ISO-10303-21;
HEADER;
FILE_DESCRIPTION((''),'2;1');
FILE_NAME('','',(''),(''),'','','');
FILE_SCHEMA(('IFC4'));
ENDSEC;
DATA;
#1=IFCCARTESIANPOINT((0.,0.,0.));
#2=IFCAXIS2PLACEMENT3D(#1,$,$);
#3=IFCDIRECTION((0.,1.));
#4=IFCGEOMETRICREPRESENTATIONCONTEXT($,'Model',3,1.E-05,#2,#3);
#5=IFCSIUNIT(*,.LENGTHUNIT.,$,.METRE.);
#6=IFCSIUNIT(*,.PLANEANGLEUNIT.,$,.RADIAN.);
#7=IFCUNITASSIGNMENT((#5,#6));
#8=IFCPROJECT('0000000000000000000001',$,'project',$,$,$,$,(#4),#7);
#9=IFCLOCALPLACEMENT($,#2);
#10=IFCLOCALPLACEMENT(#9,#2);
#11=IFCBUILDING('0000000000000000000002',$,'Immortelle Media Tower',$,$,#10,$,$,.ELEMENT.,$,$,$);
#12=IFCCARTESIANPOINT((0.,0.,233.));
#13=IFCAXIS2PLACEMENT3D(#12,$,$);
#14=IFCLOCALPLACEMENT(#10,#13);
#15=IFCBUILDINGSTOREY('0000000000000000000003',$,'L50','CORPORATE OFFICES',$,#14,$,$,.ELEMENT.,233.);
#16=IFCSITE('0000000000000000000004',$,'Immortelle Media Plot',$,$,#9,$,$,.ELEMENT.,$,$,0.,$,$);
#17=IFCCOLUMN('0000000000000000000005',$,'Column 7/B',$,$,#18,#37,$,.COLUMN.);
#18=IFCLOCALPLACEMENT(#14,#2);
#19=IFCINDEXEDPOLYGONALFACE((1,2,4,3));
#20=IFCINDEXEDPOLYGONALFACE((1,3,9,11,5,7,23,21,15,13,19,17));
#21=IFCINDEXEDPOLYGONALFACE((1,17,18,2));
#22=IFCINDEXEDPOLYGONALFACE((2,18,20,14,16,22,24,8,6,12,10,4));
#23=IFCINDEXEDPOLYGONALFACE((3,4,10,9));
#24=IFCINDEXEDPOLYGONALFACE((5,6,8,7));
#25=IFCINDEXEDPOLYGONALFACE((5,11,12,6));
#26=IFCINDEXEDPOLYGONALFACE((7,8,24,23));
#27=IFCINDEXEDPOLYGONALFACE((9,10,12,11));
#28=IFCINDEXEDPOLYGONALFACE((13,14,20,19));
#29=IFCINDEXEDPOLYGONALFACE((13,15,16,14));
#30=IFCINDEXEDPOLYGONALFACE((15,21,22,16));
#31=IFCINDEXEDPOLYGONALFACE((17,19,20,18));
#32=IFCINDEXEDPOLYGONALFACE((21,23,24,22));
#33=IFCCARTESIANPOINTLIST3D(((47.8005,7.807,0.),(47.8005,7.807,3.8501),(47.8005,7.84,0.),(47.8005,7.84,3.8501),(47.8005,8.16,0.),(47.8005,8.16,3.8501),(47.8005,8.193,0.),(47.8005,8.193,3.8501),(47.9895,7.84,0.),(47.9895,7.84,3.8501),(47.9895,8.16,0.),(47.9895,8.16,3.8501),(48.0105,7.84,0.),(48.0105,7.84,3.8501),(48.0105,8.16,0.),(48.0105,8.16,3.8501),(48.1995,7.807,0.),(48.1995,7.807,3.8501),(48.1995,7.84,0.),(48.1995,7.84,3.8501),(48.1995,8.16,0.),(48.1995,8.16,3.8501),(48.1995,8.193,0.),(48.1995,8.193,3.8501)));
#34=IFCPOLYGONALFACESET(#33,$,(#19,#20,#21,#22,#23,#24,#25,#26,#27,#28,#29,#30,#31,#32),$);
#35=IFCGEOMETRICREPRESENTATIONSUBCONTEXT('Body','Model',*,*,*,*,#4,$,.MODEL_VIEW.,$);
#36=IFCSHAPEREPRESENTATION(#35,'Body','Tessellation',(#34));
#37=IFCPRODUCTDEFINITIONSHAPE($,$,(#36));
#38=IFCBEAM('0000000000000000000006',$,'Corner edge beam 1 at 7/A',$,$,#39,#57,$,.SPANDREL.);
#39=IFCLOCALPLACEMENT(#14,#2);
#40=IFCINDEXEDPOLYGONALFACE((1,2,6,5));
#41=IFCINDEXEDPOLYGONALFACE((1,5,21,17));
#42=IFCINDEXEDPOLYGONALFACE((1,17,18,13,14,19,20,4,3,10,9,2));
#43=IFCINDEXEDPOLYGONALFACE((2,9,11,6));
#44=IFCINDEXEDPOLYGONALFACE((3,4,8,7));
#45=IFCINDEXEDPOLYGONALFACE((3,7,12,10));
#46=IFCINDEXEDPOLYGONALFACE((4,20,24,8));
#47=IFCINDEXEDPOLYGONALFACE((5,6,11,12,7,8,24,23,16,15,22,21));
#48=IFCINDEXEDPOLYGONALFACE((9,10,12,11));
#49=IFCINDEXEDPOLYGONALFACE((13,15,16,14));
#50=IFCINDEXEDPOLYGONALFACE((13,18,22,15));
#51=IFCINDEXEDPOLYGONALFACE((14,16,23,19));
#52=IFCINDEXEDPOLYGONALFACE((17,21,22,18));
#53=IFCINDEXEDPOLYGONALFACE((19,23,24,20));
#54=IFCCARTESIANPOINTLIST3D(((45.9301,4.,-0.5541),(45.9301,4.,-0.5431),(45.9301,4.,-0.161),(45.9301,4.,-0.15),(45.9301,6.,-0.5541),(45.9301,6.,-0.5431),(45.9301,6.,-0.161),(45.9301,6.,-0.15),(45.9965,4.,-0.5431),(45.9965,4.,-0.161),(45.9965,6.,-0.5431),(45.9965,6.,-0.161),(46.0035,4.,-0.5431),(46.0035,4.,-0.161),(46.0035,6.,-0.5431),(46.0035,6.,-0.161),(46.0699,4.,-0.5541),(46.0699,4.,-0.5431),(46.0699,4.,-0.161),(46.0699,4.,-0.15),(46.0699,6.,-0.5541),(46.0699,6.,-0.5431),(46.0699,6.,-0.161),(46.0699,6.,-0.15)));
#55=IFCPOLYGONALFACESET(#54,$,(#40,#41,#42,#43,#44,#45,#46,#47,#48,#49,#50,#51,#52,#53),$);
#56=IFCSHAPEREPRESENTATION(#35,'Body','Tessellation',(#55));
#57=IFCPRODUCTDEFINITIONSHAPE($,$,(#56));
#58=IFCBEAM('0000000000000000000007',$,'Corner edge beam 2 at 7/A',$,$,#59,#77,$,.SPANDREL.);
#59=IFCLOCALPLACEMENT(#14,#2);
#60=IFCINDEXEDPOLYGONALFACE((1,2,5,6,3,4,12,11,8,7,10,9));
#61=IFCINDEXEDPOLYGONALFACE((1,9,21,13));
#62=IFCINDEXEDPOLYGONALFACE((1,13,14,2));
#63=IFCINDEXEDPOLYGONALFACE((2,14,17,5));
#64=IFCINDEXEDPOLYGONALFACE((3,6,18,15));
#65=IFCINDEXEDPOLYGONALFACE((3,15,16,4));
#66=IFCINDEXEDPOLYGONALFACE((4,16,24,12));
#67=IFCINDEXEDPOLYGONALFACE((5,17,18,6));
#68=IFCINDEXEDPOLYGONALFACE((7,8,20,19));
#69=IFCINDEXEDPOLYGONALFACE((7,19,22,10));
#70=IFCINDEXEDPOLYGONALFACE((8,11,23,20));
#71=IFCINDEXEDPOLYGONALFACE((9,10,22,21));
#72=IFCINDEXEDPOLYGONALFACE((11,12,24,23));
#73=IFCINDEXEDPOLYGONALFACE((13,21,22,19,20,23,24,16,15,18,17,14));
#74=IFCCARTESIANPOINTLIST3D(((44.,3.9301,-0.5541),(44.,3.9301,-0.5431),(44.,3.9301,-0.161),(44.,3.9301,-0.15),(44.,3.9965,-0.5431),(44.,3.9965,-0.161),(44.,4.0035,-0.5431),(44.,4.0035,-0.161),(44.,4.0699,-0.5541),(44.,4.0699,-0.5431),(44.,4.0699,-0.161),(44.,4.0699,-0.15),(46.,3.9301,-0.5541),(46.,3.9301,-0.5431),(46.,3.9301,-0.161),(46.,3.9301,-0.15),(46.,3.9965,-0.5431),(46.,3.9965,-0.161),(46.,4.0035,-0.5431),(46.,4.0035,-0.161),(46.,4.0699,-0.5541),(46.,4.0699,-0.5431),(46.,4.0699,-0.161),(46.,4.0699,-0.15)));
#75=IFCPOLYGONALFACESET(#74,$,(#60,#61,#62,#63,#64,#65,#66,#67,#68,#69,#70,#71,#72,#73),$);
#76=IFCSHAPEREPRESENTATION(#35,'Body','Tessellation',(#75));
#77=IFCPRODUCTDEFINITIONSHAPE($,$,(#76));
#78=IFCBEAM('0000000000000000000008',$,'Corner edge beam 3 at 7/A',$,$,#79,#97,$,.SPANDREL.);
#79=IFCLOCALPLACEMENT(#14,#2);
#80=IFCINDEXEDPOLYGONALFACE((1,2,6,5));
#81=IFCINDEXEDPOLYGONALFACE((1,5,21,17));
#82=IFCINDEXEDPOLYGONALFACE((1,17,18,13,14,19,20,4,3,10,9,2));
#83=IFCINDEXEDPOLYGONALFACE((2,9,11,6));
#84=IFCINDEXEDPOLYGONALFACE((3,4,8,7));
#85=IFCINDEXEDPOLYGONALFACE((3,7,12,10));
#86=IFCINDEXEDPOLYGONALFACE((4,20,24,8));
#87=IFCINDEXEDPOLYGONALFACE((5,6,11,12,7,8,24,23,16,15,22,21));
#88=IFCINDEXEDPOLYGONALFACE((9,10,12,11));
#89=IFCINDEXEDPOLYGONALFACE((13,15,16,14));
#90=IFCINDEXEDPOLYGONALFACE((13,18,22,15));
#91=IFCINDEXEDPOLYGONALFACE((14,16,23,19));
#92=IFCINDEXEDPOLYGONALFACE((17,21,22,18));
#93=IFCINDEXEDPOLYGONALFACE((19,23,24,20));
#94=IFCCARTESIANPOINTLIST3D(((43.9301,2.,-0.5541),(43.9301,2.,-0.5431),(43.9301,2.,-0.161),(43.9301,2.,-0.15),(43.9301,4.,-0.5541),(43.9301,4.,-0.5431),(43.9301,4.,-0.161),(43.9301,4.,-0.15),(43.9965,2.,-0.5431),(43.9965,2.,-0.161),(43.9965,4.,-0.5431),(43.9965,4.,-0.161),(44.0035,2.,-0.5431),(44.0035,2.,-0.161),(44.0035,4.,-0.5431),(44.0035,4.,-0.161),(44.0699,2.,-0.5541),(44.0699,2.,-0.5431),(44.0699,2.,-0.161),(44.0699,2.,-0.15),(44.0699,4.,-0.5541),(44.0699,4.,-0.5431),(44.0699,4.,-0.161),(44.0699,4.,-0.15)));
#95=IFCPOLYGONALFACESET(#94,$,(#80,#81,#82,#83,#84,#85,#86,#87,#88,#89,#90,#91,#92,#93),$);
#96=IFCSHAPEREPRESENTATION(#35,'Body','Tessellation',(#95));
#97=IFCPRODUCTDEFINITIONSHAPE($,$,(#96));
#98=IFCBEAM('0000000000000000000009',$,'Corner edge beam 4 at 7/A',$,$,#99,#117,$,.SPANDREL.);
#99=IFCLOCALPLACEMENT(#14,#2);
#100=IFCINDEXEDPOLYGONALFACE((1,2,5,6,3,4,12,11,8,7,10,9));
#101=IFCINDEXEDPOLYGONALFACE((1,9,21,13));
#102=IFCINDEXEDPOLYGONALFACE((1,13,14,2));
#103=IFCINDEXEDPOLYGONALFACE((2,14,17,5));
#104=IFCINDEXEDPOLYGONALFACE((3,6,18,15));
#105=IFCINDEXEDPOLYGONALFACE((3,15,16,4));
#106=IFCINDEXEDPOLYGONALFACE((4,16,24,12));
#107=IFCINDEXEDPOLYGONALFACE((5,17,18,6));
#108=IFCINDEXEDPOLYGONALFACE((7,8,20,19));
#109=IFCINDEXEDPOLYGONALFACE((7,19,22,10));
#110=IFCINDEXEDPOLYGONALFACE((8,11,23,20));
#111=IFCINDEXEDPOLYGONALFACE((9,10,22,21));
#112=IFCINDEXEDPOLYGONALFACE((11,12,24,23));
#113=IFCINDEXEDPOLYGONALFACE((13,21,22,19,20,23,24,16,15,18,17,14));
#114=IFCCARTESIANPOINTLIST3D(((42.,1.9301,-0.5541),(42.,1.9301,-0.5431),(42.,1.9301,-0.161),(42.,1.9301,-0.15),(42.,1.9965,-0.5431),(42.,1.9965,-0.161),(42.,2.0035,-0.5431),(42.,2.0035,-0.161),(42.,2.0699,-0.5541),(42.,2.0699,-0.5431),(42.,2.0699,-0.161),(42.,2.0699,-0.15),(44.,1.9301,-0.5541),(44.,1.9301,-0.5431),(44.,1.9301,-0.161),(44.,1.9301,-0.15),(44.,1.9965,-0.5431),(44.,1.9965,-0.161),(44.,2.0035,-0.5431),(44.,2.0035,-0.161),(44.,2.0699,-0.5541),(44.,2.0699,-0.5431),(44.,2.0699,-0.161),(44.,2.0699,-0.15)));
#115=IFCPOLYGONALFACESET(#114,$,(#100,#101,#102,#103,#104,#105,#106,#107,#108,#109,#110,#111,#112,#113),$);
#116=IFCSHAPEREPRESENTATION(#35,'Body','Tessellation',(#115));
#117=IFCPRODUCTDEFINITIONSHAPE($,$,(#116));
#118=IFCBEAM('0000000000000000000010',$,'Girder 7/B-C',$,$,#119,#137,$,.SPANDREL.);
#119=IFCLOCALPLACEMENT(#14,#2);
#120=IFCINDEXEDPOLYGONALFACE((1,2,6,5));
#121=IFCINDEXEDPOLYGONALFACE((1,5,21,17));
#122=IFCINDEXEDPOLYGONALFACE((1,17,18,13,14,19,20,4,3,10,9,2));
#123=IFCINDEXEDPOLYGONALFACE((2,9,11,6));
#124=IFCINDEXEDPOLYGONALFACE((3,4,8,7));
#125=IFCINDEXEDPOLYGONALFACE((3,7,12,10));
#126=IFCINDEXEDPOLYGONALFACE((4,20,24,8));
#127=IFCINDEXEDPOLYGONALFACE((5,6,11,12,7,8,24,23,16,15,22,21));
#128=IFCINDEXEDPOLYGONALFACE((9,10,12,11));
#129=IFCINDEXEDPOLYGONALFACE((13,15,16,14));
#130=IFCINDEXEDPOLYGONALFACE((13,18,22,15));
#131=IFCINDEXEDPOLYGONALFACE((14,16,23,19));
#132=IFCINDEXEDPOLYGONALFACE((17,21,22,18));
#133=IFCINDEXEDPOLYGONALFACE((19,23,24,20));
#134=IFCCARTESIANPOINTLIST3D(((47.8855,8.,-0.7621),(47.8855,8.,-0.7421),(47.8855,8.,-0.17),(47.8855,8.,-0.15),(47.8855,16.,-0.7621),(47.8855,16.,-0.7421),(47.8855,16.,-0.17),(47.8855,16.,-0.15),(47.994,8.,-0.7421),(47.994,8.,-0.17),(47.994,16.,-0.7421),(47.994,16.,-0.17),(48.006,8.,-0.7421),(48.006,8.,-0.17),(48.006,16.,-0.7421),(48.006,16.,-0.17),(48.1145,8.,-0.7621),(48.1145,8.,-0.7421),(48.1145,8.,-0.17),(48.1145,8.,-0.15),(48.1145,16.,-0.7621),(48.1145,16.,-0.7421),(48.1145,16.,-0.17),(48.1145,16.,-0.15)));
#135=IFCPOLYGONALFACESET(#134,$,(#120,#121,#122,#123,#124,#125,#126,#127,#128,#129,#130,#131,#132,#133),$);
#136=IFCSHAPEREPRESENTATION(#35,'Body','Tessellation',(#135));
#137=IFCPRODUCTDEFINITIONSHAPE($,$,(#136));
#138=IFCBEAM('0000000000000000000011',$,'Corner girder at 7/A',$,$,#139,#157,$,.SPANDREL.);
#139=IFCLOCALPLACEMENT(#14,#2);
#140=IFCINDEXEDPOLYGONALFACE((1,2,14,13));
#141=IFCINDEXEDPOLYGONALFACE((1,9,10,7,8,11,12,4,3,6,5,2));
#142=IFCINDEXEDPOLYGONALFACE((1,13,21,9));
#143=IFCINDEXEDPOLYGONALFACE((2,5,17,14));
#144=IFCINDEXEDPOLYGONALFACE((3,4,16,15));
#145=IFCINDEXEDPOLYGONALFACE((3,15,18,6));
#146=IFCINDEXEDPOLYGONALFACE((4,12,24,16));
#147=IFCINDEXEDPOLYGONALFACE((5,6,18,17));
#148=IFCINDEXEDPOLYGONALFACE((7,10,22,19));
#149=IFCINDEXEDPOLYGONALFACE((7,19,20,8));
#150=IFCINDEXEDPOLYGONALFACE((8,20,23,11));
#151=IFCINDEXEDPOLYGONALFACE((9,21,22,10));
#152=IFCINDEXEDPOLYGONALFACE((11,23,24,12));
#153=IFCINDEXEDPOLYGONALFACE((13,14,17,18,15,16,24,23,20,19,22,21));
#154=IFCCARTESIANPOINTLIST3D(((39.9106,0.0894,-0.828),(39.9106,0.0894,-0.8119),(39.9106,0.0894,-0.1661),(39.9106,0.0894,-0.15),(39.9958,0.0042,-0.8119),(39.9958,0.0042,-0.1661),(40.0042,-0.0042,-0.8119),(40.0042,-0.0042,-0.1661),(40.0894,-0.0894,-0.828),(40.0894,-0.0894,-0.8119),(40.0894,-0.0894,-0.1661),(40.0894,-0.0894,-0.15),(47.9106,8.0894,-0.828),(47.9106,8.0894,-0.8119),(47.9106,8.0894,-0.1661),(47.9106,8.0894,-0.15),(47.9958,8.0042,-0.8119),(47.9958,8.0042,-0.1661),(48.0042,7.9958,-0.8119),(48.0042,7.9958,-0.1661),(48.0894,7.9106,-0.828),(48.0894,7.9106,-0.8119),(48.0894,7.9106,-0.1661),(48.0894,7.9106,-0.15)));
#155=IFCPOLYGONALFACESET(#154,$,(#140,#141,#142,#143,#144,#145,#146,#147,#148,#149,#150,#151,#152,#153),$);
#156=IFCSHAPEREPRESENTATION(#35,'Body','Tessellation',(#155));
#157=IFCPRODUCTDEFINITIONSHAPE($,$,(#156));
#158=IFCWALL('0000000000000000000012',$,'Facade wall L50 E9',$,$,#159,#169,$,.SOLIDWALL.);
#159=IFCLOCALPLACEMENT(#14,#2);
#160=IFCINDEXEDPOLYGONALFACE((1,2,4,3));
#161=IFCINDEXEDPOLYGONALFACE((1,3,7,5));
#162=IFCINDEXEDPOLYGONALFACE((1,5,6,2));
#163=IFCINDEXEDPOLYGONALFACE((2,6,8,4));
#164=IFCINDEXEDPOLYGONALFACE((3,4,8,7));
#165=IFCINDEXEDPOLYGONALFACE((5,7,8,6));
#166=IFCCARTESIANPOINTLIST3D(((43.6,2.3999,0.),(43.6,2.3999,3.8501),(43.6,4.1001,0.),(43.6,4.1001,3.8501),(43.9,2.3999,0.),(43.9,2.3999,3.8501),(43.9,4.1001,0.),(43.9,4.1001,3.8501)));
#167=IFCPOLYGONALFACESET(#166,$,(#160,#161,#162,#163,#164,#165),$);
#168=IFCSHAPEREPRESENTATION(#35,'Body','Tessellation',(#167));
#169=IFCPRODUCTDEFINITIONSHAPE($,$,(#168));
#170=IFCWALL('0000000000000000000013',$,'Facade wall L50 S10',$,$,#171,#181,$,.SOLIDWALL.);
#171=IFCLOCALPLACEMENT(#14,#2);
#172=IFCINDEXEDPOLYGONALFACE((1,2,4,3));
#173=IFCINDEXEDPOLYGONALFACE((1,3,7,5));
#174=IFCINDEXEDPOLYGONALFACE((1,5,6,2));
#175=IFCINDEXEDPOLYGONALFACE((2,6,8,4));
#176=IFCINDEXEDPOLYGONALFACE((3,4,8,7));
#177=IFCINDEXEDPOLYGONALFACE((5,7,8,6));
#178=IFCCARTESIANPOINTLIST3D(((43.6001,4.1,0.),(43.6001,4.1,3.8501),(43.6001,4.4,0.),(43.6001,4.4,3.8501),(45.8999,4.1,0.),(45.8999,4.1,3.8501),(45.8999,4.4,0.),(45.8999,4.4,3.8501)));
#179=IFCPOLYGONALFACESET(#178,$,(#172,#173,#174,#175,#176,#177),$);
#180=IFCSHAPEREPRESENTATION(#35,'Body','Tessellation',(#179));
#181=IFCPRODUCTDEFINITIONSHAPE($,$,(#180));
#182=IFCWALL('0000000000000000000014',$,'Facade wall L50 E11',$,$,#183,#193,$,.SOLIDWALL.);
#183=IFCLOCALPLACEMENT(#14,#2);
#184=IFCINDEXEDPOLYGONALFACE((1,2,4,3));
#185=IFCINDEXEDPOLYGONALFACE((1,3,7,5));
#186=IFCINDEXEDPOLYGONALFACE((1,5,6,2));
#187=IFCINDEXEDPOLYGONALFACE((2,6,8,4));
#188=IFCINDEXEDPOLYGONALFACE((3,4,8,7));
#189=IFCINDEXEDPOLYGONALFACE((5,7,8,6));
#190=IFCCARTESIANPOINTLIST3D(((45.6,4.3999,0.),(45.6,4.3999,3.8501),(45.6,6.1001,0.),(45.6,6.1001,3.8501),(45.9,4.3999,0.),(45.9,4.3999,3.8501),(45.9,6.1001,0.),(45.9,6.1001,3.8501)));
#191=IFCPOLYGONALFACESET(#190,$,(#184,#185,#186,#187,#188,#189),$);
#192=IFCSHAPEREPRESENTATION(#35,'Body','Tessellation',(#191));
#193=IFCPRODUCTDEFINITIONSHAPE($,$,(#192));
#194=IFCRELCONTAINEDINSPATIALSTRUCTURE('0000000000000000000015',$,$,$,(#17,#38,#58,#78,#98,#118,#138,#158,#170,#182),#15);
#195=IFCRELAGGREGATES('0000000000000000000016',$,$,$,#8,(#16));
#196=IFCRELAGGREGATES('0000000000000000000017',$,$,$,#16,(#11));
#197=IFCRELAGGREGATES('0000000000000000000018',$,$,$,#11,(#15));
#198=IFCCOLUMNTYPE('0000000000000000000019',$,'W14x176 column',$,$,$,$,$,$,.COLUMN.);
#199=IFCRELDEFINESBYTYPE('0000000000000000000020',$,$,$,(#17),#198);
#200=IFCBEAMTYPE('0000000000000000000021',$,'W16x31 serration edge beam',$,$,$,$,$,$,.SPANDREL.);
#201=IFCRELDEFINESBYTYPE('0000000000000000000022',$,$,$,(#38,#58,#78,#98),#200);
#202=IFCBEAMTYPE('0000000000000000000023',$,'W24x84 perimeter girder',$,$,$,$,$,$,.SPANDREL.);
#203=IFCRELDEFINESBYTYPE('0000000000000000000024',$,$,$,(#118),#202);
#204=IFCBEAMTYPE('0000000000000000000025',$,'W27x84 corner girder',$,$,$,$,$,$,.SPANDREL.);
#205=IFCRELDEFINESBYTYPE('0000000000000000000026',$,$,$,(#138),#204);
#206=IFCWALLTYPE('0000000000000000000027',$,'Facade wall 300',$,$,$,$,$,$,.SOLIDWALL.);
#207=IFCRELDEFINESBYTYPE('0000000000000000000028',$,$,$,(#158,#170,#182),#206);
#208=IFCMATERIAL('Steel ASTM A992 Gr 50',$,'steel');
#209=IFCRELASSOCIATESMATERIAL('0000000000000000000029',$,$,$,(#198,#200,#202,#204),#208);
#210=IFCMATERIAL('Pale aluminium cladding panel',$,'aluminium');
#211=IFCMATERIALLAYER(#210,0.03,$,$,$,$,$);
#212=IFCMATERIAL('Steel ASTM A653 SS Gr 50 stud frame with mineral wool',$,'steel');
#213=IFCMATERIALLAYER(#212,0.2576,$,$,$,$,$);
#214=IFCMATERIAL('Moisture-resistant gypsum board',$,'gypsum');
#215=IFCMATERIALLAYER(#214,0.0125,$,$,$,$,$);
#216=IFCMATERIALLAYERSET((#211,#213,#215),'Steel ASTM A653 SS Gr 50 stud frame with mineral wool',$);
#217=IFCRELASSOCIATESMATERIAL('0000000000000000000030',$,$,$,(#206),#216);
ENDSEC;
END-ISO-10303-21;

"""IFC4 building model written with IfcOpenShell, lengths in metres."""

from ifc_helpers import new_model, si_unit, direction, frame, frame_2d, origin, origin_2d, place, context, subcontext, project, spatial, rectangle, i_section, extrude, material, layer, layer_set, material_profile, profile_set, type_object, element, save


model = new_model("IFC4")

# Units and contexts
model_context = context("Model", 3, precision=1e-05, world=origin(), true_north=direction((0.0, 1.0)))
body_context = subcontext(model_context, "Body", "Model", "MODEL_VIEW")
ifc_project = project(units=[si_unit("LENGTHUNIT", "METRE"), si_unit("PLANEANGLEUNIT", "RADIAN")], contexts=[model_context])

# Site, building, storey
site_placement = place(None, origin())
site = spatial("IfcSite", under=ifc_project, at=site_placement, Name="Immortelle Media Plot", CompositionType="ELEMENT", RefElevation=0.0)
building_placement = place(site_placement, origin())
building = spatial("IfcBuilding", under=site, at=building_placement, Name="Immortelle Media Tower", CompositionType="ELEMENT")
storey_placement = place(building_placement, frame((0.0, 0.0, 233.0)))
storey = spatial("IfcBuildingStorey", under=building, at=storey_placement, Name="L50", Description="CORPORATE OFFICES", CompositionType="ELEMENT", Elevation=233.0)

# Column
ifc_material_1 = material(Name="Steel ASTM A992 Gr 50", Category="steel")
ifc_material_profile_1 = material_profile(ifc_material_1, i_section(OverallWidth=0.3989, OverallDepth=0.386, WebThickness=0.021, FlangeThickness=0.033, at=origin_2d()), Name="W14x176")
ifc_profile_set_1 = profile_set([ifc_material_profile_1], Name="Steel ASTM A992 Gr 50")
column_type = type_object("IfcColumnType", Name="W14x176 column", PredefinedType="COLUMN", material=ifc_profile_set_1)
column_placement = place(storey_placement, frame((48.0, 8.0, 0.0), z_axis=(0.0, 0.0, 1.0), x_axis=(1.0, 0.0, 0.0)))
element("IfcColumn", 1, at=column_placement, inside=storey, type_object=column_type, Name="Column 7/B", PredefinedType="COLUMN", context=body_context, shape_type="SweptSolid", body=[
    extrude(i_section(OverallWidth=0.3989, OverallDepth=0.386, WebThickness=0.021, FlangeThickness=0.033, at=origin_2d()), origin(), (0.0, 0.0, 1.0), 3.8501),
])

# Beams
ifc_material_profile_2 = material_profile(ifc_material_1, i_section(OverallWidth=0.1399, OverallDepth=0.4041, WebThickness=0.0071, FlangeThickness=0.011, at=origin_2d()), Name="W16x31")
ifc_profile_set_2 = profile_set([ifc_material_profile_2], Name="Steel ASTM A992 Gr 50")
beam_type_1 = type_object("IfcBeamType", Name="W16x31 serration edge beam", PredefinedType="SPANDREL", material=ifc_profile_set_2)
for number, where, z_axis, x_axis, name in (
    (2, (46.0, 6.0, -0.3521), (0.0, -1.0, 0.0), (1.0, 0.0, 0.0), "Corner edge beam 1 at 7/A"),
    (3, (46.0, 4.0, -0.3521), (-1.0, 0.0, 0.0), (0.0, -1.0, 0.0), "Corner edge beam 2 at 7/A"),
    (4, (44.0, 4.0, -0.3521), (0.0, -1.0, 0.0), (1.0, 0.0, 0.0), "Corner edge beam 3 at 7/A"),
    (5, (44.0, 2.0, -0.3521), (-1.0, 0.0, 0.0), (0.0, -1.0, 0.0), "Corner edge beam 4 at 7/A"),
):
    element("IfcBeam", number, at=place(storey_placement, frame(where, z_axis=z_axis, x_axis=x_axis)), inside=storey, type_object=beam_type_1, Name=name, PredefinedType="SPANDREL", context=body_context, shape_type="SweptSolid", body=[
        extrude(i_section(OverallWidth=0.1399, OverallDepth=0.4041, WebThickness=0.0071, FlangeThickness=0.011, at=origin_2d()), origin(), (0.0, 0.0, 1.0), 2.0),
    ])
ifc_material_profile_3 = material_profile(ifc_material_1, i_section(OverallWidth=0.229, OverallDepth=0.6121, WebThickness=0.012, FlangeThickness=0.02, at=origin_2d()), Name="W24x84")
ifc_profile_set_3 = profile_set([ifc_material_profile_3], Name="Steel ASTM A992 Gr 50")
beam_type_2 = type_object("IfcBeamType", Name="W24x84 perimeter girder", PredefinedType="SPANDREL", material=ifc_profile_set_3)
beam_1_placement = place(storey_placement, frame((48.0, 8.0, -0.4561), z_axis=(0.0, 1.0, 0.0), x_axis=(-1.0, 0.0, 0.0)))
element("IfcBeam", 6, at=beam_1_placement, inside=storey, type_object=beam_type_2, Name="Girder 7/B-C", PredefinedType="SPANDREL", context=body_context, shape_type="SweptSolid", body=[
    extrude(i_section(OverallWidth=0.229, OverallDepth=0.6121, WebThickness=0.012, FlangeThickness=0.02, at=origin_2d()), origin(), (0.0, 0.0, 1.0), 8.0),
])
ifc_material_profile_4 = material_profile(ifc_material_1, i_section(OverallWidth=0.2529, OverallDepth=0.678, WebThickness=0.012, FlangeThickness=0.0161, at=origin_2d()), Name="W27x84")
ifc_profile_set_4 = profile_set([ifc_material_profile_4], Name="Steel ASTM A992 Gr 50")
beam_type_3 = type_object("IfcBeamType", Name="W27x84 corner girder", PredefinedType="SPANDREL", material=ifc_profile_set_4)
beam_2_placement = place(storey_placement, frame((48.0, 8.0, -0.489), z_axis=(-0.707107, -0.707107, 0.0), x_axis=(0.707107, -0.707107, 0.0)))
element("IfcBeam", 7, at=beam_2_placement, inside=storey, type_object=beam_type_3, Name="Corner girder at 7/A", PredefinedType="SPANDREL", context=body_context, shape_type="SweptSolid", body=[
    extrude(i_section(OverallWidth=0.2529, OverallDepth=0.678, WebThickness=0.012, FlangeThickness=0.0161, at=origin_2d()), origin(), (0.0, 0.0, 1.0), 11.3137),
])

# Walls
ifc_material_2 = material(Name="Pale aluminium cladding panel", Category="aluminium")
ifc_layer_1 = layer(ifc_material_2, 0.03)
ifc_material_3 = material(Name="Steel ASTM A653 SS Gr 50 stud frame with mineral wool", Category="steel")
ifc_layer_2 = layer(ifc_material_3, 0.2576)
ifc_material_4 = material(Name="Moisture-resistant gypsum board", Category="gypsum")
ifc_layer_3 = layer(ifc_material_4, 0.0125)
ifc_layer_set_1 = layer_set([ifc_layer_1, ifc_layer_2, ifc_layer_3], Name="Steel ASTM A653 SS Gr 50 stud frame with mineral wool")
wall_type_1 = type_object("IfcWallType", Name="Facade wall 300", PredefinedType="SOLIDWALL", material=ifc_layer_set_1)
wall_1_placement = place(storey_placement, frame((43.75, 2.3999, 0.0), z_axis=(0.0, 0.0, 1.0), x_axis=(0.0, 1.0, 0.0)))
element("IfcWall", 8, at=wall_1_placement, inside=storey, type_object=wall_type_1, Name="Facade wall L50 E9", PredefinedType="SOLIDWALL", context=body_context, shape_type="SweptSolid", body=[
    extrude(rectangle(XDim=1.7002, YDim=0.3, at=frame_2d((0.8501, 0.0))), origin(), (0.0, 0.0, 1.0), 3.8501),
])
wall_2_placement = place(storey_placement, frame((43.6001, 4.25, 0.0), z_axis=(0.0, 0.0, 1.0), x_axis=(1.0, 0.0, 0.0)))
element("IfcWall", 9, at=wall_2_placement, inside=storey, type_object=wall_type_1, Name="Facade wall L50 S10", PredefinedType="SOLIDWALL", context=body_context, shape_type="SweptSolid", body=[
    extrude(rectangle(XDim=2.2998, YDim=0.3, at=frame_2d((1.1499, 0.0))), origin(), (0.0, 0.0, 1.0), 3.8501),
])
wall_3_placement = place(storey_placement, frame((45.75, 4.3999, 0.0), z_axis=(0.0, 0.0, 1.0), x_axis=(0.0, 1.0, 0.0)))
element("IfcWall", 10, at=wall_3_placement, inside=storey, type_object=wall_type_1, Name="Facade wall L50 E11", PredefinedType="SOLIDWALL", context=body_context, shape_type="SweptSolid", body=[
    extrude(rectangle(XDim=1.7002, YDim=0.3, at=frame_2d((0.8501, 0.0))), origin(), (0.0, 0.0, 1.0), 3.8501),
])

save(model, "model.ifc")
